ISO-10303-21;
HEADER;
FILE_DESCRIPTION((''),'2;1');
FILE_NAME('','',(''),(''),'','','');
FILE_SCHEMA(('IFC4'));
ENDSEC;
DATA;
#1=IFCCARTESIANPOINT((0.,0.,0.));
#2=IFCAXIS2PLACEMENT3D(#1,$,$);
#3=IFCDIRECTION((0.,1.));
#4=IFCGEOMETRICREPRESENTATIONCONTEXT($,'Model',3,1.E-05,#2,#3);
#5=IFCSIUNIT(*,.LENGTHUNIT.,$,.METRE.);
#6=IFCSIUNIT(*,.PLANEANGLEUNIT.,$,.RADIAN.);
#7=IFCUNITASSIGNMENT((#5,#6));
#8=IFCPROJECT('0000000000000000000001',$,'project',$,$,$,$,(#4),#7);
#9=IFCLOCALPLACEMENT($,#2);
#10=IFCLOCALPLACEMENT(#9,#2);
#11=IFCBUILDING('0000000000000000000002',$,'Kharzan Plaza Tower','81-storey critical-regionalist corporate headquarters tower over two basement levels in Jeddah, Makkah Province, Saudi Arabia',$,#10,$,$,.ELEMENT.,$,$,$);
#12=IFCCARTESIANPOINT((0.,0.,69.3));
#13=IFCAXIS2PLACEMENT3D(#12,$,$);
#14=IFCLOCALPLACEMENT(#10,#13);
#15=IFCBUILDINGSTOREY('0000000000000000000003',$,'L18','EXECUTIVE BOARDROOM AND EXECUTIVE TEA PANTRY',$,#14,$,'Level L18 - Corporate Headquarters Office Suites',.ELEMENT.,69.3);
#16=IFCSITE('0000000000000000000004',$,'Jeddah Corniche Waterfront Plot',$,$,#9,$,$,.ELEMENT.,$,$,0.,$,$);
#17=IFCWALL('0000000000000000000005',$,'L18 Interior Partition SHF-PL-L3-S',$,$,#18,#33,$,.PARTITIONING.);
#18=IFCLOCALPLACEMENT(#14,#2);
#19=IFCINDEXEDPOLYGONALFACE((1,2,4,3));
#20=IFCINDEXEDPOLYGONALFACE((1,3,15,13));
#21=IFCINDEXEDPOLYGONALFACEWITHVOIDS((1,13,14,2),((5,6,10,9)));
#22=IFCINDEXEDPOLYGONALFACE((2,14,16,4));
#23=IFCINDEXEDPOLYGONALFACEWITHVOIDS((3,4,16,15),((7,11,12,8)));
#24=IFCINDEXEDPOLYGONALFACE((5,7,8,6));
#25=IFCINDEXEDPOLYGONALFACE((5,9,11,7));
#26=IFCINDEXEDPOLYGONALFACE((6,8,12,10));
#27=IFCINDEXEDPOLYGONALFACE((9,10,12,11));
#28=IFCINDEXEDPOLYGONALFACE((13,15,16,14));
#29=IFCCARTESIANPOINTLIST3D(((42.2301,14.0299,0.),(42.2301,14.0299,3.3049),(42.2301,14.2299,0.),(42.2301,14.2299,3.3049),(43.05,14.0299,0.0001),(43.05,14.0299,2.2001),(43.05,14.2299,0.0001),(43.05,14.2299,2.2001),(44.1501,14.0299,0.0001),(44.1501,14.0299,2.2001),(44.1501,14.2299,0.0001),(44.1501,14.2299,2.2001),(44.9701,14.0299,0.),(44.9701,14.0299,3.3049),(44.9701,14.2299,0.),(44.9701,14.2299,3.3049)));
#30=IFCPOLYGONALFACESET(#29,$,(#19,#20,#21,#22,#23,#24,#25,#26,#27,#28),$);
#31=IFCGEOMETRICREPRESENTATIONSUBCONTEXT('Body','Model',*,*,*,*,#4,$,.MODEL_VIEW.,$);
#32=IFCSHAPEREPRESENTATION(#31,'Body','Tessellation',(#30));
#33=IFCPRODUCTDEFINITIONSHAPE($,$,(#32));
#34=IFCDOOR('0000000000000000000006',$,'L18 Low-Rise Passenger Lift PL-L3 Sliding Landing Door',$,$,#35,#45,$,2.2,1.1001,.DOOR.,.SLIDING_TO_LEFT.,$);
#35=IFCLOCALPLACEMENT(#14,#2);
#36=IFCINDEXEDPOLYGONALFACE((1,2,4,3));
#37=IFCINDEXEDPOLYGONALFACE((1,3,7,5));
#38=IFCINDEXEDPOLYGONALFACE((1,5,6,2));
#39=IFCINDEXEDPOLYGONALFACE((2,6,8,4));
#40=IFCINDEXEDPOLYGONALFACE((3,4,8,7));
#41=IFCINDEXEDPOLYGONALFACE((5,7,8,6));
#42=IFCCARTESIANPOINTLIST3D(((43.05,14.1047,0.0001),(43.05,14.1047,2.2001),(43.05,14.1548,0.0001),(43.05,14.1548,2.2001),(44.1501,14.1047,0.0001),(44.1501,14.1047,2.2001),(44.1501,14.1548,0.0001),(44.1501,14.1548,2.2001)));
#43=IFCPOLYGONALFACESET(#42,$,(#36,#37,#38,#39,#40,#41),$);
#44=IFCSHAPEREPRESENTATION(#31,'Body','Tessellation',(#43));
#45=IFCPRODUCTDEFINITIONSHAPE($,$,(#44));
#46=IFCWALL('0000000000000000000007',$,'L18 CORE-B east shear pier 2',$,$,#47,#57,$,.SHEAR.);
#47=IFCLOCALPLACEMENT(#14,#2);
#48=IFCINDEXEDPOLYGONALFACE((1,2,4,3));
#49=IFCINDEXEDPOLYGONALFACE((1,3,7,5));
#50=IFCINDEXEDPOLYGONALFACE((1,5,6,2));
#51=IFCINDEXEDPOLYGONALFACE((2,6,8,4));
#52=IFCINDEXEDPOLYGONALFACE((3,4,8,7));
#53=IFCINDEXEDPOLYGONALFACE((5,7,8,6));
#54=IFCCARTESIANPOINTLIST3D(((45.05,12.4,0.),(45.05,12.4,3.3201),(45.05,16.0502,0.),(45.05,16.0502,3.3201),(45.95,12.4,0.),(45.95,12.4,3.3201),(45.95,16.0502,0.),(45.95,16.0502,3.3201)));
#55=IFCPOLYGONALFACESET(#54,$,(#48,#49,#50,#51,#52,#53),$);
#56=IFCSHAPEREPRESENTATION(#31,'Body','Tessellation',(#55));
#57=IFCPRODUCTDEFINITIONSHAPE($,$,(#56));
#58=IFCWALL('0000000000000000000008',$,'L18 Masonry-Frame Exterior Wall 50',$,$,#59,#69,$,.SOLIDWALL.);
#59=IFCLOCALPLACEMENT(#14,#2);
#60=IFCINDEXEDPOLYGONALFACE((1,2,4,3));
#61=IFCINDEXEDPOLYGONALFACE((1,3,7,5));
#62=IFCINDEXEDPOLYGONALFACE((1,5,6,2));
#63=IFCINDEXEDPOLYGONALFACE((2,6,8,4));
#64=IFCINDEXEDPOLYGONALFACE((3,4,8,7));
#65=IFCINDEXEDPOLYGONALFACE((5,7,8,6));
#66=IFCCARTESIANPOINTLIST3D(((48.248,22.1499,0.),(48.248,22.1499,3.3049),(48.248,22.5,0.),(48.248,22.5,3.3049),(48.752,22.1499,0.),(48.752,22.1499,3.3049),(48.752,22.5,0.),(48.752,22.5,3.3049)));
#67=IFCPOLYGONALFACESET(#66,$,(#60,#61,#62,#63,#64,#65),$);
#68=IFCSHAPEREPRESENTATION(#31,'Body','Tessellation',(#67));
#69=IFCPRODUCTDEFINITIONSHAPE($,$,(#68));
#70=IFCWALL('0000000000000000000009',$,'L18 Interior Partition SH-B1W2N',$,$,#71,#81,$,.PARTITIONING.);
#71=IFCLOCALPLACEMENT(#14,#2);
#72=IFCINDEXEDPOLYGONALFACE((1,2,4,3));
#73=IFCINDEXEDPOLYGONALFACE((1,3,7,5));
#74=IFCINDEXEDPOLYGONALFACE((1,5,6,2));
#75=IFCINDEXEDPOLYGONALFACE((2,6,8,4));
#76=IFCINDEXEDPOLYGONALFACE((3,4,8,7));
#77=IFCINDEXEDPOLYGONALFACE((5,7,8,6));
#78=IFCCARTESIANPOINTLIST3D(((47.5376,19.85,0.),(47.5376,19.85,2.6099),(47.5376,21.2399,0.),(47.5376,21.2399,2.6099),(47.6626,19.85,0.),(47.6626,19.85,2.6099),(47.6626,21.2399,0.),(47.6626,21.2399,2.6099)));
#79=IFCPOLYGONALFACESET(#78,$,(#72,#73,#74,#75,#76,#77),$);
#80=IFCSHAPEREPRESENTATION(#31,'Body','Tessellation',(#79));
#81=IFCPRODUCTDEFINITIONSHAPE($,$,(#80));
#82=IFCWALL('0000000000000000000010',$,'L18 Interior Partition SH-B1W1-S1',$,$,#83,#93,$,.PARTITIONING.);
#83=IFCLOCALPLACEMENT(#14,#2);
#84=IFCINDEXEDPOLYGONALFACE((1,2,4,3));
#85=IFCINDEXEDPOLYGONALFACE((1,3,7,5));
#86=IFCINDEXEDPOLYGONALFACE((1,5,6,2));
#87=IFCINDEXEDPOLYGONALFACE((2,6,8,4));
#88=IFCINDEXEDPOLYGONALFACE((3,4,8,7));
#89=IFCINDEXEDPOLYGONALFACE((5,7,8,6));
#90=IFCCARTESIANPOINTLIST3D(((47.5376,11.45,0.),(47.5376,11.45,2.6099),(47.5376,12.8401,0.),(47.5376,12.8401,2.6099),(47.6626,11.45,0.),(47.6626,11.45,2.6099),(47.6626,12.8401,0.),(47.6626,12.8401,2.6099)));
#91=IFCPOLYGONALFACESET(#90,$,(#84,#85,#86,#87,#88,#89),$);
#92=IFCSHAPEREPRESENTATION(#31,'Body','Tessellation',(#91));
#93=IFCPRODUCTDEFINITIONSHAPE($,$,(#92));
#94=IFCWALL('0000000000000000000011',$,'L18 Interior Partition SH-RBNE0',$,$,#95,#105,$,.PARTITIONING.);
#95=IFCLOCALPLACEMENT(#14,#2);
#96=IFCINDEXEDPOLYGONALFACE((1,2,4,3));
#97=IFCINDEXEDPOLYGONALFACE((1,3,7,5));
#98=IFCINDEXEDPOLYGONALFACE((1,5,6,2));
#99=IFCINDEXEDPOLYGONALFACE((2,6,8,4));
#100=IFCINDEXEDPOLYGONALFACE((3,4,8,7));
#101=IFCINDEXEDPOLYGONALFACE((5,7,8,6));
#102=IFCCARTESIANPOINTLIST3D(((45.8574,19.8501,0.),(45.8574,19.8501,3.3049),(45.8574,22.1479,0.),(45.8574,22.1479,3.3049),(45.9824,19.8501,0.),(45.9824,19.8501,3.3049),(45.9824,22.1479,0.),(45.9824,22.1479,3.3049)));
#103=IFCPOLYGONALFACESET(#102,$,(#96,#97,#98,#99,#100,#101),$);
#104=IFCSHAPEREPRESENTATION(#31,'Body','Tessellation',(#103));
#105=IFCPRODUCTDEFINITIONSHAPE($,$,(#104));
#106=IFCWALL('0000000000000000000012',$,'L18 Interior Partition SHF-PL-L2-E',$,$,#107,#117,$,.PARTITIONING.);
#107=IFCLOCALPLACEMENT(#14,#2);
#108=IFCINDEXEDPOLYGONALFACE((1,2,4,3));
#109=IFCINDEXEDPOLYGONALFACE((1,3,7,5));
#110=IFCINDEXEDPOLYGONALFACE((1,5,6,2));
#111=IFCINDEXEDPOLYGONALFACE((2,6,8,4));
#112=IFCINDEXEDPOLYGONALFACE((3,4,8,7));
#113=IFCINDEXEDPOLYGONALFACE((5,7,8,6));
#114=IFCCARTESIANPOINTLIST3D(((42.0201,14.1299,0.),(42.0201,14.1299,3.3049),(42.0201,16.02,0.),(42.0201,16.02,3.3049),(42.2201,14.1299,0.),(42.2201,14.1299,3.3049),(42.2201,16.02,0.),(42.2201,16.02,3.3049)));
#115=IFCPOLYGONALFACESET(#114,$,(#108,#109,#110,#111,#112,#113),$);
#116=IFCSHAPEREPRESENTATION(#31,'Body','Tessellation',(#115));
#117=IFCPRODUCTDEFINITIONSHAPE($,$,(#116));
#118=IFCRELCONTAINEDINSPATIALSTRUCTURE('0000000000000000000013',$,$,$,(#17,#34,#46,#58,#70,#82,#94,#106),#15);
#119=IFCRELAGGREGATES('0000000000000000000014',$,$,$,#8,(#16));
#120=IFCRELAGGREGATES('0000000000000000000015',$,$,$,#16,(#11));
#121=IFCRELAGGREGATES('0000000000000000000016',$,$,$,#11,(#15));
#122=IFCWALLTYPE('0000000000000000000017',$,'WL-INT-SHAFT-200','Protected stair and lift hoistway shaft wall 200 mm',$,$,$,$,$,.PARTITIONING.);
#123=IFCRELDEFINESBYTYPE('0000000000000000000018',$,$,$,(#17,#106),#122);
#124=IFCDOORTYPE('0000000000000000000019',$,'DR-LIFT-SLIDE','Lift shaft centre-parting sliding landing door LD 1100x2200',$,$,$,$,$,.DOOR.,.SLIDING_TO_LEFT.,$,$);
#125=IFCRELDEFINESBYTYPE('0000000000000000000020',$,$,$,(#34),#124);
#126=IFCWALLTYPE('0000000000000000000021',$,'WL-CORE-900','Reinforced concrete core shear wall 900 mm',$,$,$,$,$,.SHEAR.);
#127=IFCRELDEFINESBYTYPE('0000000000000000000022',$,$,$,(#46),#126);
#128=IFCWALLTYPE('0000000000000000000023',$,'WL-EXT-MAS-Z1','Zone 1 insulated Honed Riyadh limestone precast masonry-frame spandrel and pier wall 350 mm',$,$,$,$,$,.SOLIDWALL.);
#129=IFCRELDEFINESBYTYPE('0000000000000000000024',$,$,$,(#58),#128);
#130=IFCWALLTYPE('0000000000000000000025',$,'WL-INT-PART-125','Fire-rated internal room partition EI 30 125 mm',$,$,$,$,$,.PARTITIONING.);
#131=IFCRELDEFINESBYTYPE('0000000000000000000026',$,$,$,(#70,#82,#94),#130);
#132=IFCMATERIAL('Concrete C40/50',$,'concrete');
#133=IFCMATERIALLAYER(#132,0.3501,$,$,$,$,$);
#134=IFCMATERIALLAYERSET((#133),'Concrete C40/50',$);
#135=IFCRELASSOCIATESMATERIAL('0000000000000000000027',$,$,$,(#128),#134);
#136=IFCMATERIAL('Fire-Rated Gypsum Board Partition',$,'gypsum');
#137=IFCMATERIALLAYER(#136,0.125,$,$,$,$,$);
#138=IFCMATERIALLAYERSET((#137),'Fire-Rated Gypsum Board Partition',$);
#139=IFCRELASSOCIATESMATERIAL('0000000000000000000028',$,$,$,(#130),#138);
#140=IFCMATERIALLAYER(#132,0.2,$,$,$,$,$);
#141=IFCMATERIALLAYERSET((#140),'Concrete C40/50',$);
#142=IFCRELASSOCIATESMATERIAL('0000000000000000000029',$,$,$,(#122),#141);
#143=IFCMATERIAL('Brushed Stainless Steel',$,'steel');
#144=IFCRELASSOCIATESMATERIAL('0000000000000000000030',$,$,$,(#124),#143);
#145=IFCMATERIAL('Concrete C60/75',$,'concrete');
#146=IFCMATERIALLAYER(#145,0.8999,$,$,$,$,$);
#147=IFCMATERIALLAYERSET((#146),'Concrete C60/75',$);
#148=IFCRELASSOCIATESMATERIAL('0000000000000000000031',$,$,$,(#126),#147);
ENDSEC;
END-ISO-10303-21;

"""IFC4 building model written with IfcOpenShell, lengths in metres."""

from ifc_helpers import new_model, si_unit, direction, frame, frame_2d, origin, place, context, subcontext, project, spatial, rectangle, extrude, source, transform, mapped, material, layer, layer_set, type_object, element, fill, save


model = new_model("IFC4")

# Units and contexts
model_context = context("Model", 3, precision=1e-05, world=origin(), true_north=direction((0.0, 1.0)))
body_context = subcontext(model_context, "Body", "Model", "MODEL_VIEW")
ifc_project = project(units=[si_unit("LENGTHUNIT", "METRE"), si_unit("PLANEANGLEUNIT", "RADIAN")], contexts=[model_context])

# Site, building, storey
site_placement = place(None, origin())
site = spatial("IfcSite", under=ifc_project, at=site_placement, Name="Jeddah Corniche Waterfront Plot", CompositionType="ELEMENT", RefElevation=0.0)
building_placement = place(site_placement, origin())
building = spatial("IfcBuilding", under=site, at=building_placement, Name="Kharzan Plaza Tower", Description="81-storey critical-regionalist corporate headquarters tower over two basement levels in Jeddah, Makkah Province, Saudi Arabia", CompositionType="ELEMENT")
storey_placement = place(building_placement, frame((0.0, 0.0, 69.3)))
storey = spatial("IfcBuildingStorey", under=building, at=storey_placement, Name="L18", Description="EXECUTIVE BOARDROOM AND EXECUTIVE TEA PANTRY", LongName="Level L18 - Corporate Headquarters Office Suites", CompositionType="ELEMENT", Elevation=69.3)

# Shared definitions
ifc_material_1 = material(Name="Concrete C60/75", Category="concrete")

# Shared definitions
ifc_material_2 = material(Name="Concrete C40/50", Category="concrete")
ifc_layer_1 = layer(ifc_material_2, 0.3501)
ifc_layer_set_1 = layer_set([ifc_layer_1], Name="Concrete C40/50")
wall_type_1 = type_object("IfcWallType", Name="WL-EXT-MAS-Z1", Description="Zone 1 insulated Honed Riyadh limestone precast masonry-frame spandrel and pier wall 350 mm", PredefinedType="SOLIDWALL", material=ifc_layer_set_1)

# Wall, opening, door
ifc_material_3 = material(Name="Fire-Rated Gypsum Board Partition", Category="gypsum")
ifc_layer_2 = layer(ifc_material_3, 0.125)
ifc_layer_set_2 = layer_set([ifc_layer_2], Name="Fire-Rated Gypsum Board Partition")
wall_type_2 = type_object("IfcWallType", Name="WL-INT-PART-125", Description="Fire-rated internal room partition EI 30 125 mm", PredefinedType="PARTITIONING", material=ifc_layer_set_2)
ifc_layer_3 = layer(ifc_material_2, 0.2)
ifc_layer_set_3 = layer_set([ifc_layer_3], Name="Concrete C40/50")
wall_type_3 = type_object("IfcWallType", Name="WL-INT-SHAFT-200", Description="Protected stair and lift hoistway shaft wall 200 mm", PredefinedType="PARTITIONING", material=ifc_layer_set_3)
wall_1_placement = place(storey_placement, frame((42.23, 14.1299, 0.0), z_axis=(0.0, 0.0, 1.0), x_axis=(1.0, 0.0, 0.0)))
wall_1 = element("IfcWall", 1, at=wall_1_placement, inside=storey, type_object=wall_type_3, Name="L18 Interior Partition SHF-PL-L3-S", PredefinedType="PARTITIONING", context=body_context, shape_type="SweptSolid", body=[
    extrude(rectangle(XDim=2.74, YDim=0.2, at=frame_2d((1.3701, 0.0))), origin(), (0.0, 0.0, 1.0), 3.3049),
])
opening_1_placement = place(wall_1_placement, frame((0.8201, 0.0, 0.0)))
opening_1 = element("IfcOpeningElement", 2, at=opening_1_placement, cuts=wall_1, PredefinedType="OPENING", context=body_context, shape_type="SweptSolid", body=[
    extrude(rectangle(XDim=1.1001, YDim=2.2, at=frame_2d((0.55, 1.1001))), frame((0.0, 0.1099, 0.0), z_axis=(0.0, -1.0, 0.0), x_axis=(1.0, 0.0, 0.0)), (0.0, 0.0, 1.0), 0.22),
])
ifc_material_4 = material(Name="Brushed Stainless Steel", Category="steel")
door_type_1 = type_object("IfcDoorType", Name="DR-LIFT-SLIDE", Description="Lift shaft centre-parting sliding landing door LD 1100x2200", OperationType="SLIDING_TO_LEFT", PredefinedType="DOOR", material=ifc_material_4)
shared_shape_1 = source(origin(), body_context, "Body", "SweptSolid", [
    extrude(rectangle(XDim=1.1001, YDim=2.2, at=frame_2d((0.55, 1.1001))), frame((0.0, 0.0249, 0.0), z_axis=(0.0, -1.0, 0.0), x_axis=(1.0, 0.0, 0.0)), (0.0, 0.0, 1.0), 0.05),
])
door_1_placement = place(opening_1_placement, origin())
door_1 = element("IfcDoor", 3, at=door_1_placement, inside=storey, type_object=door_type_1, Name="L18 Low-Rise Passenger Lift PL-L3 Sliding Landing Door", OperationType="SLIDING_TO_LEFT", OverallHeight=2.2, OverallWidth=1.1001, PredefinedType="DOOR", context=body_context, shape_type="MappedRepresentation", body=[
    mapped(shared_shape_1, transform((0.0, 0.0, 0.0), x_axis=(1.0, 0.0, 0.0), y_axis=(0.0, 1.0, 0.0), z_axis=(0.0, 0.0, 1.0))),
])
fill(opening_1, door_1)

# Walls
ifc_layer_4 = layer(ifc_material_1, 0.8999)
ifc_layer_set_4 = layer_set([ifc_layer_4], Name="Concrete C60/75")
wall_type_4 = type_object("IfcWallType", Name="WL-CORE-900", Description="Reinforced concrete core shear wall 900 mm", PredefinedType="SHEAR", material=ifc_layer_set_4)
shared_shape_2 = source(origin(), body_context, "Body", "SweptSolid", [
    extrude(rectangle(XDim=3.6501, YDim=0.8999, at=frame_2d((1.8252, 0.0))), origin(), (0.0, 0.0, 1.0), 3.3201),
])
wall_2_placement = place(storey_placement, frame((45.5, 12.3999, 0.0), z_axis=(0.0, 0.0, 1.0), x_axis=(0.0, 1.0, 0.0)))
element("IfcWall", 4, at=wall_2_placement, inside=storey, type_object=wall_type_4, Name="L18 CORE-B east shear pier 2", PredefinedType="SHEAR", context=body_context, shape_type="MappedRepresentation", body=[
    mapped(shared_shape_2, transform((0.0, 0.0, 0.0), x_axis=(1.0, 0.0, 0.0), y_axis=(0.0, 1.0, 0.0), z_axis=(0.0, 0.0, 1.0))),
])
shared_shape_3 = source(origin(), body_context, "Body", "SweptSolid", [
    extrude(rectangle(XDim=0.5039, YDim=0.3501, at=frame_2d((0.252, 0.0))), origin(), (0.0, 0.0, 1.0), 3.3049),
])
wall_3_placement = place(storey_placement, frame((48.752, 22.325, 0.0), z_axis=(0.0, 0.0, 1.0), x_axis=(-1.0, 0.0, 0.0)))
element("IfcWall", 5, at=wall_3_placement, inside=storey, type_object=wall_type_1, Name="L18 Masonry-Frame Exterior Wall 50", PredefinedType="SOLIDWALL", context=body_context, shape_type="MappedRepresentation", body=[
    mapped(shared_shape_3, transform((0.0, 0.0, 0.0), x_axis=(1.0, 0.0, 0.0), y_axis=(0.0, 1.0, 0.0), z_axis=(0.0, 0.0, 1.0))),
])
shared_shape_4 = source(origin(), body_context, "Body", "SweptSolid", [
    extrude(rectangle(XDim=1.3899, YDim=0.125, at=frame_2d((0.6948, 0.0))), origin(), (0.0, 0.0, 1.0), 2.6099),
])
wall_4_placement = place(storey_placement, frame((47.6001, 19.8501, 0.0), z_axis=(0.0, 0.0, 1.0), x_axis=(0.0, 1.0, 0.0)))
element("IfcWall", 6, at=wall_4_placement, inside=storey, type_object=wall_type_2, Name="L18 Interior Partition SH-B1W2N", PredefinedType="PARTITIONING", context=body_context, shape_type="MappedRepresentation", body=[
    mapped(shared_shape_4, transform((0.0, 0.0, 0.0), x_axis=(1.0, 0.0, 0.0), y_axis=(0.0, 1.0, 0.0), z_axis=(0.0, 0.0, 1.0))),
])
shared_shape_5 = source(origin(), body_context, "Body", "SweptSolid", [
    extrude(rectangle(XDim=1.3901, YDim=0.125, at=frame_2d((0.6951, 0.0))), origin(), (0.0, 0.0, 1.0), 2.6099),
])
wall_5_placement = place(storey_placement, frame((47.6001, 11.45, 0.0), z_axis=(0.0, 0.0, 1.0), x_axis=(0.0, 1.0, 0.0)))
element("IfcWall", 7, at=wall_5_placement, inside=storey, type_object=wall_type_2, Name="L18 Interior Partition SH-B1W1-S1", PredefinedType="PARTITIONING", context=body_context, shape_type="MappedRepresentation", body=[
    mapped(shared_shape_5, transform((0.0, 0.0, 0.0), x_axis=(1.0, 0.0, 0.0), y_axis=(0.0, 1.0, 0.0), z_axis=(0.0, 0.0, 1.0))),
])
shared_shape_6 = source(origin(), body_context, "Body", "SweptSolid", [
    extrude(rectangle(XDim=2.2979, YDim=0.125, at=frame_2d((1.1489, 0.0))), origin(), (0.0, 0.0, 1.0), 3.3049),
])
wall_6_placement = place(storey_placement, frame((45.9199, 19.8501, 0.0), z_axis=(0.0, 0.0, 1.0), x_axis=(0.0, 1.0, 0.0)))
element("IfcWall", 8, at=wall_6_placement, inside=storey, type_object=wall_type_2, Name="L18 Interior Partition SH-RBNE0", PredefinedType="PARTITIONING", context=body_context, shape_type="MappedRepresentation", body=[
    mapped(shared_shape_6, transform((0.0, 0.0, 0.0), x_axis=(1.0, 0.0, 0.0), y_axis=(0.0, 1.0, 0.0), z_axis=(0.0, 0.0, 1.0))),
])
shared_shape_7 = source(origin(), body_context, "Body", "SweptSolid", [
    extrude(rectangle(XDim=1.8901, YDim=0.2, at=frame_2d((0.9451, 0.0))), origin(), (0.0, 0.0, 1.0), 3.3049),
])
wall_7_placement = place(storey_placement, frame((42.1201, 14.1299, 0.0), z_axis=(0.0, 0.0, 1.0), x_axis=(0.0, 1.0, 0.0)))
element("IfcWall", 9, at=wall_7_placement, inside=storey, type_object=wall_type_3, Name="L18 Interior Partition SHF-PL-L2-E", PredefinedType="PARTITIONING", context=body_context, shape_type="MappedRepresentation", body=[
    mapped(shared_shape_7, transform((0.0, 0.0, 0.0), x_axis=(1.0, 0.0, 0.0), y_axis=(0.0, 1.0, 0.0), z_axis=(0.0, 0.0, 1.0))),
])

save(model, "model.ifc")
